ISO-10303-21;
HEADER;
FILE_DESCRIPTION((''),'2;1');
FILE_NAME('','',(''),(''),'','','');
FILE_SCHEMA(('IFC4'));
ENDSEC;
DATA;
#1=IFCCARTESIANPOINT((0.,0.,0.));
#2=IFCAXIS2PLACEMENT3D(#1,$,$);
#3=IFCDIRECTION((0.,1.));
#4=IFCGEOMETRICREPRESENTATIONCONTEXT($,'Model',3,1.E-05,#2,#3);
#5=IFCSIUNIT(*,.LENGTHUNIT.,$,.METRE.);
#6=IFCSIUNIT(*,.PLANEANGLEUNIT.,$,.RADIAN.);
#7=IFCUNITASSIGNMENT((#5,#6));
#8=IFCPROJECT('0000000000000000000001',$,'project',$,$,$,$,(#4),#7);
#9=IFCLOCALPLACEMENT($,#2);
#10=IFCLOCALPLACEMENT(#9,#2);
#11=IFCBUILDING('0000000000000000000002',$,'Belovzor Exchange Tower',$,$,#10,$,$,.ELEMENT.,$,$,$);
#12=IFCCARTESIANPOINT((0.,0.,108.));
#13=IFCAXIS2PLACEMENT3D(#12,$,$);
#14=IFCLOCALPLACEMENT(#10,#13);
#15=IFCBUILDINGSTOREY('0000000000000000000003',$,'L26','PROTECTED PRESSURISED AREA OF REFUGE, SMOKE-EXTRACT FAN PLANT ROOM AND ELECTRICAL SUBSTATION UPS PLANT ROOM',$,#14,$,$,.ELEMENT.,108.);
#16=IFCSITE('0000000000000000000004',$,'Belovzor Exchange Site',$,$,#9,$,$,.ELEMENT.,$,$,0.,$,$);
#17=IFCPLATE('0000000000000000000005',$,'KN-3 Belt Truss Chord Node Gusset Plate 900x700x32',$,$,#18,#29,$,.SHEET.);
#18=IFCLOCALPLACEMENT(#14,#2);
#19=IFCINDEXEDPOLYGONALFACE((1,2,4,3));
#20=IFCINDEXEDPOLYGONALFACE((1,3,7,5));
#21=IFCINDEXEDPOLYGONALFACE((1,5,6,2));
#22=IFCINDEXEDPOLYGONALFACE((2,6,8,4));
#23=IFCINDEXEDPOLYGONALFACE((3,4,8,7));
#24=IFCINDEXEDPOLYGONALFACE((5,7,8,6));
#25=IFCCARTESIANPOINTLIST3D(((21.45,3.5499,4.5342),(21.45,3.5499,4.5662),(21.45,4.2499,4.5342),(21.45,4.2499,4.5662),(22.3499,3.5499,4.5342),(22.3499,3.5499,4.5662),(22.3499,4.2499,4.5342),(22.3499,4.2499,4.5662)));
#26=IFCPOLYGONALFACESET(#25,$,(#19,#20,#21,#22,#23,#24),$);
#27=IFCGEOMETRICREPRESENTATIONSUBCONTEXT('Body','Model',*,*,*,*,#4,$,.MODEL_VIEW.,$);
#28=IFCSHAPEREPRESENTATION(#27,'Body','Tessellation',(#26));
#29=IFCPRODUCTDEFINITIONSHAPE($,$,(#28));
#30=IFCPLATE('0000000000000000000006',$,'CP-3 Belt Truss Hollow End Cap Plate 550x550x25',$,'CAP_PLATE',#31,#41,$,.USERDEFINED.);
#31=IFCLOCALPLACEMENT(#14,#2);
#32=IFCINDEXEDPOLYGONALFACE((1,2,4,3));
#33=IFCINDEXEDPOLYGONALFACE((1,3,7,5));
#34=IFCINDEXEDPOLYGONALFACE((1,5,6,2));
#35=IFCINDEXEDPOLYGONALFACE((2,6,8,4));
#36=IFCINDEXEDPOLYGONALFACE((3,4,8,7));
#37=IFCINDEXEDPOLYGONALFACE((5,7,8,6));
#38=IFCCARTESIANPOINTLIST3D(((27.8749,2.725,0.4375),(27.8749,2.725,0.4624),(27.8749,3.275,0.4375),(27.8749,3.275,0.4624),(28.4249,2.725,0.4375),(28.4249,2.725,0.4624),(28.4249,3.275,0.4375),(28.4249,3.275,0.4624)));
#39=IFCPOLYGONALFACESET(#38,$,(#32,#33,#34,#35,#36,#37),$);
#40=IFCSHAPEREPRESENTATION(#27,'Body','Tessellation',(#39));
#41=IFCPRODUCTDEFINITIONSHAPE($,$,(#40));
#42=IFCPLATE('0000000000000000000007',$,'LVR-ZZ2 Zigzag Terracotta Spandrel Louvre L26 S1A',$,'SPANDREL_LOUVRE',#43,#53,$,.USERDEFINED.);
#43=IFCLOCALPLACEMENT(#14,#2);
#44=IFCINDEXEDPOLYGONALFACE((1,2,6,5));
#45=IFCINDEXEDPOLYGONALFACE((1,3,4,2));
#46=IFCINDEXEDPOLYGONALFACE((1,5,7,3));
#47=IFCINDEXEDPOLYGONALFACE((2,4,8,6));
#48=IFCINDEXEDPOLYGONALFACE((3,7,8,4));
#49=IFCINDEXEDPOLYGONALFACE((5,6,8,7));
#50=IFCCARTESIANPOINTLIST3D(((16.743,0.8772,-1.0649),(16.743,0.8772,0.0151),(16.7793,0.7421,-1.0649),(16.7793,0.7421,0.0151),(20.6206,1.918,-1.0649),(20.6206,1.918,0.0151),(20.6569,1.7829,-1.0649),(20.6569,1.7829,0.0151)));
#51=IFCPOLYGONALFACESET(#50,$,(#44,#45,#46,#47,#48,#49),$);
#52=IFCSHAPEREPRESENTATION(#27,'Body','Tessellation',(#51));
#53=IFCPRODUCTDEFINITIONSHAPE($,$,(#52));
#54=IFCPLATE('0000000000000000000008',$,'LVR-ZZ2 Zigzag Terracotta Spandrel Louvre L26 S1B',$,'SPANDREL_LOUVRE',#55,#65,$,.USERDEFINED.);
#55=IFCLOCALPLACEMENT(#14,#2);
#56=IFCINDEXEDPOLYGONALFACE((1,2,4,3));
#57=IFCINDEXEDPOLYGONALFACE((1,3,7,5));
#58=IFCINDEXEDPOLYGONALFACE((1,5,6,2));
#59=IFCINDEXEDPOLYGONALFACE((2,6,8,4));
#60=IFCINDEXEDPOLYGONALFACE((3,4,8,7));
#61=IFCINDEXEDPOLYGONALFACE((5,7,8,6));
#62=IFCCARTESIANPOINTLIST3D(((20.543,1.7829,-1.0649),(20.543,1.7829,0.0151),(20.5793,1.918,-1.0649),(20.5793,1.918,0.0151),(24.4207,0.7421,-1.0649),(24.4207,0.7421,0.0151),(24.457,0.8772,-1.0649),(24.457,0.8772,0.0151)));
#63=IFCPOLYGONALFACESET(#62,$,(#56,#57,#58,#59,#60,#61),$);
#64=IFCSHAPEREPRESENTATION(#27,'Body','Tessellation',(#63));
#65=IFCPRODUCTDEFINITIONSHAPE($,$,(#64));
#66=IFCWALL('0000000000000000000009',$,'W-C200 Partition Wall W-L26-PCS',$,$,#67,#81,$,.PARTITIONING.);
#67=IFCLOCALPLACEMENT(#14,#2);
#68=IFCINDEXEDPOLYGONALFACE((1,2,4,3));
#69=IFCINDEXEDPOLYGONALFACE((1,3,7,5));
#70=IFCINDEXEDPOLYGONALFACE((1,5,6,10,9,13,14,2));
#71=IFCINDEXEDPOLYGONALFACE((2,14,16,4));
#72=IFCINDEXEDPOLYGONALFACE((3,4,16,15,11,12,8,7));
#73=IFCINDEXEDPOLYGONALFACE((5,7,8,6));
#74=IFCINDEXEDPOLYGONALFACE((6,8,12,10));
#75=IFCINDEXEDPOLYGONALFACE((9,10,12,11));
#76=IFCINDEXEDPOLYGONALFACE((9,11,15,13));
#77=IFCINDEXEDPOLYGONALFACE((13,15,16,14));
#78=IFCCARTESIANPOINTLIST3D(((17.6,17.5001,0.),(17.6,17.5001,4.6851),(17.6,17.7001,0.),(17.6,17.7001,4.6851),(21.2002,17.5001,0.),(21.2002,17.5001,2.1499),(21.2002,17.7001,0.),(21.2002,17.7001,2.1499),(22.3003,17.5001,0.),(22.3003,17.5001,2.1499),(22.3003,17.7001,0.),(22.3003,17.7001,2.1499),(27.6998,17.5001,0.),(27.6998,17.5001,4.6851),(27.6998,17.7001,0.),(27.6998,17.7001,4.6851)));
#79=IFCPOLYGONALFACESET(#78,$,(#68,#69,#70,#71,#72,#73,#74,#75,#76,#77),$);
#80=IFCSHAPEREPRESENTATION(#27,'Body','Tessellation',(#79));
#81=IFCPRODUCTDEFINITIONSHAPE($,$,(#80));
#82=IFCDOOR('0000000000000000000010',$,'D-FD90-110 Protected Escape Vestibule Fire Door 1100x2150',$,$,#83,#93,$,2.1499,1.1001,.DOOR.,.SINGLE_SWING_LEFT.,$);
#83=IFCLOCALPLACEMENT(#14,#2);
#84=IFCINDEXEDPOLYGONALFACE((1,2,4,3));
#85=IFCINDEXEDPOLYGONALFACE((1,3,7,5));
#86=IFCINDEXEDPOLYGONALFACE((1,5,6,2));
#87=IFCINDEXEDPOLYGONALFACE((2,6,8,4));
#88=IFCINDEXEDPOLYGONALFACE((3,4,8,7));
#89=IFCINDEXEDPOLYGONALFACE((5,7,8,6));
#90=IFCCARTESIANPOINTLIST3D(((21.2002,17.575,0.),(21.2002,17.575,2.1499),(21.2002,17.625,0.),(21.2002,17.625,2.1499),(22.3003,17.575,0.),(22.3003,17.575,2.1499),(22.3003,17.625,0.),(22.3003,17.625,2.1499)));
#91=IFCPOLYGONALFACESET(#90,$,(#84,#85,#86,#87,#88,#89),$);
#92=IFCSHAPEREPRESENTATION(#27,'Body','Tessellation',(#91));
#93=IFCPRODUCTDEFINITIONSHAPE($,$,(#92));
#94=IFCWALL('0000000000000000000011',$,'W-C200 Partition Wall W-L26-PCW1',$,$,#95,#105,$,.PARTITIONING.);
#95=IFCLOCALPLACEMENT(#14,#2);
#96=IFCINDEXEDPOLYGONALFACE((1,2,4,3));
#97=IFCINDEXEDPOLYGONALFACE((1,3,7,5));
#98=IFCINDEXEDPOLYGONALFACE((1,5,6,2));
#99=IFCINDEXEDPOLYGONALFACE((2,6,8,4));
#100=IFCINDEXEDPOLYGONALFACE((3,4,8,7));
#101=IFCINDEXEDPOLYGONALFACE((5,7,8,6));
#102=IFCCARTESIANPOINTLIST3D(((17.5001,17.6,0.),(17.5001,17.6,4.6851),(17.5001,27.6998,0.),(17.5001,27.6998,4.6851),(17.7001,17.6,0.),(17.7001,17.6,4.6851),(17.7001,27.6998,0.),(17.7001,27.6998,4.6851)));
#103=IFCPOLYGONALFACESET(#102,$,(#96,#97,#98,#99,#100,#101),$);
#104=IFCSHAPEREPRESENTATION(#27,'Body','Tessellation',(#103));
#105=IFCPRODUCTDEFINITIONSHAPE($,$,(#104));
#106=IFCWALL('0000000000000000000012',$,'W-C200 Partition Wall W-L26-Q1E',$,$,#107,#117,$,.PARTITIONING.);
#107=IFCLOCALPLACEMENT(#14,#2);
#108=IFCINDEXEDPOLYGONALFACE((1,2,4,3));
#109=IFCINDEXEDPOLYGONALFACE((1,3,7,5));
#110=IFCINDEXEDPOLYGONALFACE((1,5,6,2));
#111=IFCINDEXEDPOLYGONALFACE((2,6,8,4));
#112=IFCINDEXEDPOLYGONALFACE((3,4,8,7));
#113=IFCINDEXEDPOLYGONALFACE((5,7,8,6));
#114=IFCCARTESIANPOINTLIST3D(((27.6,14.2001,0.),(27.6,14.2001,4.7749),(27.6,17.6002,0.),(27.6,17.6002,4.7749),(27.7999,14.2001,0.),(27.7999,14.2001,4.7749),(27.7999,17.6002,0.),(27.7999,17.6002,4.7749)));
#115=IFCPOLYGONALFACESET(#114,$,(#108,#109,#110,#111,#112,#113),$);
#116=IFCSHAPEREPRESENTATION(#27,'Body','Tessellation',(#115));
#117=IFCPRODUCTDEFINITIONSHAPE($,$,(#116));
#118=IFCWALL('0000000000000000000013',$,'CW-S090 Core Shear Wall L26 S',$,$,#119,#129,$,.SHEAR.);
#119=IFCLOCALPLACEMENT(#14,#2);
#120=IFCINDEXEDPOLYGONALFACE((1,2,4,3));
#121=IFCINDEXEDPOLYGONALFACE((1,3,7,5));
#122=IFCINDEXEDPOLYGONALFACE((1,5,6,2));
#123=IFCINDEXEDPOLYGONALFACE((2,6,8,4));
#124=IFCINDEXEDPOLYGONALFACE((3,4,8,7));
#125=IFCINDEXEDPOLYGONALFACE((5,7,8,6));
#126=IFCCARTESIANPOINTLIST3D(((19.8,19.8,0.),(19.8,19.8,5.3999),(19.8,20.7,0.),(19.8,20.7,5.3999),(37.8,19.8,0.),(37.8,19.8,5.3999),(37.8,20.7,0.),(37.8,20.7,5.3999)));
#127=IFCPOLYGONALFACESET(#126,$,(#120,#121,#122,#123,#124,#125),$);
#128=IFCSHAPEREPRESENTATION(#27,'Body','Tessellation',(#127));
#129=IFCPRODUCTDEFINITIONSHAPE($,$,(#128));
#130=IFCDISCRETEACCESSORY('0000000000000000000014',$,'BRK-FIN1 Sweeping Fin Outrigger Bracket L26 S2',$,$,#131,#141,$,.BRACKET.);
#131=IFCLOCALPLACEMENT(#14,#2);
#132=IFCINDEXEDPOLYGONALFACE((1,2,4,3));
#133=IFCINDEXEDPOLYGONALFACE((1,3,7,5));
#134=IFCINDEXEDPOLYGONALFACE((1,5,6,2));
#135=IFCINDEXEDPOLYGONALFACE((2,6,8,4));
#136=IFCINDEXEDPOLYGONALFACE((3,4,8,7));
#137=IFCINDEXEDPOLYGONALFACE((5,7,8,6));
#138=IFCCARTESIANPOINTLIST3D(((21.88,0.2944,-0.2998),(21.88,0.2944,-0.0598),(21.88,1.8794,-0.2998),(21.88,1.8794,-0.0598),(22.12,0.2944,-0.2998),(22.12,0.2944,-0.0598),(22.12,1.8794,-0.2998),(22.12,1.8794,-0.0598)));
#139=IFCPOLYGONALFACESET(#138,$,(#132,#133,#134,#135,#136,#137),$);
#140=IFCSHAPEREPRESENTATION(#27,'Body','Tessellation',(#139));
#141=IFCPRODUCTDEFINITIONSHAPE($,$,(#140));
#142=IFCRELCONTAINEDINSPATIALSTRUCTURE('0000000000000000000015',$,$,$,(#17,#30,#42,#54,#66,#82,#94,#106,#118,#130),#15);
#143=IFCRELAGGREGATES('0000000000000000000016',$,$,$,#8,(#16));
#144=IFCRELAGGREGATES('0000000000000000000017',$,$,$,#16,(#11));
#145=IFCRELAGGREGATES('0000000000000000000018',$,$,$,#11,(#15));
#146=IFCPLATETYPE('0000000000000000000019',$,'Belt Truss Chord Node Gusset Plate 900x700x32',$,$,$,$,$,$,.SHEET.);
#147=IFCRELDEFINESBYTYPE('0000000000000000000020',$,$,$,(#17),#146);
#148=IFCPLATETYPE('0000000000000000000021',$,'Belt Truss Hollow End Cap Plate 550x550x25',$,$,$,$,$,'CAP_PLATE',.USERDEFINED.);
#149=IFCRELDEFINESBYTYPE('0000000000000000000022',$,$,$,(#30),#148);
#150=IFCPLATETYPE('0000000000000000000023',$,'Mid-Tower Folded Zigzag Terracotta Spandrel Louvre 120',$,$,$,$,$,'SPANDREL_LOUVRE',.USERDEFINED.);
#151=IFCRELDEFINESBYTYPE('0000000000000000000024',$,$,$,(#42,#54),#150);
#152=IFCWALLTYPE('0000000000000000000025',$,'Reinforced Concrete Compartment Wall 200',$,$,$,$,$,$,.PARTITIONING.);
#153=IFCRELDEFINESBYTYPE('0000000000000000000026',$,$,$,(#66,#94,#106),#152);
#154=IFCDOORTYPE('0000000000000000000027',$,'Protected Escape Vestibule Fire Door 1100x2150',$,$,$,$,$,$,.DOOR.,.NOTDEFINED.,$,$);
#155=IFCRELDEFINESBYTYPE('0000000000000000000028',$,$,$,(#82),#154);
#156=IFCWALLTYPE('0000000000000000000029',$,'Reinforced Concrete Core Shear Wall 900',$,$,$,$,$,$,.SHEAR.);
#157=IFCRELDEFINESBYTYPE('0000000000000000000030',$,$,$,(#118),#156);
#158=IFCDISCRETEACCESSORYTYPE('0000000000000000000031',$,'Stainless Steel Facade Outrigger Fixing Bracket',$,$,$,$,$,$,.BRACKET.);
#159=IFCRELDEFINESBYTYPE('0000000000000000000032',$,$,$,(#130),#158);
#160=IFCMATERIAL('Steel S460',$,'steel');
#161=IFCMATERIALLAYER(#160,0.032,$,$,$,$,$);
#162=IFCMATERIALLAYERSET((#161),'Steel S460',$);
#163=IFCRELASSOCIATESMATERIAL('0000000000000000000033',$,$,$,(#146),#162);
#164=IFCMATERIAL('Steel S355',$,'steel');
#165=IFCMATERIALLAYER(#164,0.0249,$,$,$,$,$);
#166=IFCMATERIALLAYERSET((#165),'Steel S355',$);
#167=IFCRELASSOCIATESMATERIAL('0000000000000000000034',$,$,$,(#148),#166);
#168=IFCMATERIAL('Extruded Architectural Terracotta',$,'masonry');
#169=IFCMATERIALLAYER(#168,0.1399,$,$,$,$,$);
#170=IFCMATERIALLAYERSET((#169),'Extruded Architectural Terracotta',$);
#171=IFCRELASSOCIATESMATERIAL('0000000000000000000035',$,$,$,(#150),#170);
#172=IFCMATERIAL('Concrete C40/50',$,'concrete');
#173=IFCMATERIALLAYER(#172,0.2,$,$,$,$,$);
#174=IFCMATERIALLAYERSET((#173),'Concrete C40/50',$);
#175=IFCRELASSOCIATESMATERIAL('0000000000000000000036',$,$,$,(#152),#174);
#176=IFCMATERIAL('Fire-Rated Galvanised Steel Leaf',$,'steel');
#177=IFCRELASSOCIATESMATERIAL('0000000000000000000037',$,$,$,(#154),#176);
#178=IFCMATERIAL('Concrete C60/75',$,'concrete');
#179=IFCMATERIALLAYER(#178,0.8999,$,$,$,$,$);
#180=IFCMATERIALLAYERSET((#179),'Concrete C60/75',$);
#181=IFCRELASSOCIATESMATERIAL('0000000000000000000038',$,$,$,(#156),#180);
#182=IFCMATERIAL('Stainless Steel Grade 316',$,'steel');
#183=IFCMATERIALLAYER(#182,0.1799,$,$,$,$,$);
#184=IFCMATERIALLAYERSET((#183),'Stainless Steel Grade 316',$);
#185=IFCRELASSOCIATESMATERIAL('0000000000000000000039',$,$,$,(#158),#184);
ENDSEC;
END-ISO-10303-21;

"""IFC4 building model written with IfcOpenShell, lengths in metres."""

from ifc_helpers import new_model, si_unit, direction, frame, frame_2d, origin, origin_2d, place, context, subcontext, project, spatial, rectangle, extrude, material, layer, layer_set, type_object, element, fill, save


model = new_model("IFC4")

# Units and contexts
model_context = context("Model", 3, precision=1e-05, world=origin(), true_north=direction((0.0, 1.0)))
body_context = subcontext(model_context, "Body", "Model", "MODEL_VIEW")
ifc_project = project(units=[si_unit("LENGTHUNIT", "METRE"), si_unit("PLANEANGLEUNIT", "RADIAN")], contexts=[model_context])

# Site, building, storey
site_placement = place(None, origin())
site = spatial("IfcSite", under=ifc_project, at=site_placement, Name="Belovzor Exchange Site", CompositionType="ELEMENT", RefElevation=0.0)
building_placement = place(site_placement, origin())
building = spatial("IfcBuilding", under=site, at=building_placement, Name="Belovzor Exchange Tower", CompositionType="ELEMENT")
storey_placement = place(building_placement, frame((0.0, 0.0, 108.0)))
storey = spatial("IfcBuildingStorey", under=building, at=storey_placement, Name="L26", Description="PROTECTED PRESSURISED AREA OF REFUGE, SMOKE-EXTRACT FAN PLANT ROOM AND ELECTRICAL SUBSTATION UPS PLANT ROOM", CompositionType="ELEMENT", Elevation=108.0)

# Plates
ifc_material_1 = material(Name="Steel S460", Category="steel")
ifc_layer_1 = layer(ifc_material_1, 0.032)
ifc_layer_set_1 = layer_set([ifc_layer_1], Name="Steel S460")
plate_type_1 = type_object("IfcPlateType", Name="Belt Truss Chord Node Gusset Plate 900x700x32", PredefinedType="SHEET", material=ifc_layer_set_1)
plate_1_placement = place(storey_placement, frame((21.8999, 3.8999, 4.5342), z_axis=(0.0, 0.0, 1.0), x_axis=(1.0, 0.0, 0.0)))
element("IfcPlate", 1, at=plate_1_placement, inside=storey, type_object=plate_type_1, Name="KN-3 Belt Truss Chord Node Gusset Plate 900x700x32", PredefinedType="SHEET", context=body_context, shape_type="SweptSolid", body=[
    extrude(rectangle(XDim=0.8999, YDim=0.7, at=origin_2d()), origin(), (0.0, 0.0, 1.0), 0.032),
])
ifc_material_2 = material(Name="Steel S355", Category="steel")
ifc_layer_2 = layer(ifc_material_2, 0.0249)
ifc_layer_set_2 = layer_set([ifc_layer_2], Name="Steel S355")
plate_type_2 = type_object("IfcPlateType", Name="Belt Truss Hollow End Cap Plate 550x550x25", ElementType="CAP_PLATE", PredefinedType="USERDEFINED", material=ifc_layer_set_2)
plate_2_placement = place(storey_placement, frame((28.1499, 3.0, 0.4375), z_axis=(0.0, 0.0, 1.0), x_axis=(1.0, 0.0, 0.0)))
element("IfcPlate", 2, at=plate_2_placement, inside=storey, type_object=plate_type_2, Name="CP-3 Belt Truss Hollow End Cap Plate 550x550x25", ObjectType="CAP_PLATE", PredefinedType="USERDEFINED", context=body_context, shape_type="SweptSolid", body=[
    extrude(rectangle(XDim=0.55, YDim=0.55, at=origin_2d()), origin(), (0.0, 0.0, 1.0), 0.0249),
])
ifc_material_3 = material(Name="Extruded Architectural Terracotta", Category="masonry")
ifc_layer_3 = layer(ifc_material_3, 0.1399)
ifc_layer_set_3 = layer_set([ifc_layer_3], Name="Extruded Architectural Terracotta")
plate_type_3 = type_object("IfcPlateType", Name="Mid-Tower Folded Zigzag Terracotta Spandrel Louvre 120", ElementType="SPANDREL_LOUVRE", PredefinedType="USERDEFINED", material=ifc_layer_set_3)
for number, where, z_axis, x_axis, name in (
    (3, (18.7, 1.3301, -1.0649), (0.0, 0.0, 1.0), (0.965813, 0.25924, 0.0), "LVR-ZZ2 Zigzag Terracotta Spandrel Louvre L26 S1A"),
    (4, (22.5, 1.3301, -1.0649), (0.0, 0.0, 1.0), (0.965813, -0.25924, 0.0), "LVR-ZZ2 Zigzag Terracotta Spandrel Louvre L26 S1B"),
):
    element("IfcPlate", number, at=place(storey_placement, frame(where, z_axis=z_axis, x_axis=x_axis)), inside=storey, type_object=plate_type_3, Name=name, ObjectType="SPANDREL_LOUVRE", PredefinedType="USERDEFINED", context=body_context, shape_type="SweptSolid", body=[
        extrude(rectangle(XDim=4.0149, YDim=0.1399, at=origin_2d()), origin(), (0.0, 0.0, 1.0), 1.0801),
    ])

# Wall, opening, door
ifc_material_4 = material(Name="Concrete C40/50", Category="concrete")
ifc_layer_4 = layer(ifc_material_4, 0.2)
ifc_layer_set_4 = layer_set([ifc_layer_4], Name="Concrete C40/50")
wall_type_1 = type_object("IfcWallType", Name="Reinforced Concrete Compartment Wall 200", PredefinedType="PARTITIONING", material=ifc_layer_set_4)
wall_1_placement = place(storey_placement, frame((17.6001, 17.6001, 0.0), z_axis=(0.0, 0.0, 1.0), x_axis=(1.0, 0.0, 0.0)))
wall_1 = element("IfcWall", 5, at=wall_1_placement, inside=storey, type_object=wall_type_1, Name="W-C200 Partition Wall W-L26-PCS", PredefinedType="PARTITIONING", context=body_context, shape_type="SweptSolid", body=[
    extrude(rectangle(XDim=10.0999, YDim=0.2, at=frame_2d((5.0498, 0.0))), origin(), (0.0, 0.0, 1.0), 4.6851),
])
opening_placement = place(wall_1_placement, frame((3.6001, 0.0, 0.0)))
opening = element("IfcOpeningElement", 6, at=opening_placement, cuts=wall_1, PredefinedType="OPENING", context=body_context, shape_type="SweptSolid", body=[
    extrude(rectangle(XDim=1.1001, YDim=2.1499, at=frame_2d((0.55, 1.075))), frame((0.0, 0.1099, 0.0), z_axis=(0.0, -1.0, 0.0), x_axis=(1.0, 0.0, 0.0)), (0.0, 0.0, 1.0), 0.22),
])
ifc_material_5 = material(Name="Fire-Rated Galvanised Steel Leaf", Category="steel")
door_type = type_object("IfcDoorType", Name="Protected Escape Vestibule Fire Door 1100x2150", OperationType="NOTDEFINED", PredefinedType="DOOR", material=ifc_material_5)
door_placement = place(opening_placement, origin())
door = element("IfcDoor", 7, at=door_placement, inside=storey, type_object=door_type, Name="D-FD90-110 Protected Escape Vestibule Fire Door 1100x2150", OperationType="SINGLE_SWING_LEFT", OverallHeight=2.1499, OverallWidth=1.1001, PredefinedType="DOOR", context=body_context, shape_type="SweptSolid", body=[
    extrude(rectangle(XDim=1.1001, YDim=2.1499, at=frame_2d((0.55, 1.075))), frame((0.0, 0.0249, 0.0), z_axis=(0.0, -1.0, 0.0), x_axis=(1.0, 0.0, 0.0)), (0.0, 0.0, 1.0), 0.05),
])
fill(opening, door)

# Walls
wall_2_placement = place(storey_placement, frame((17.6001, 17.6001, 0.0), z_axis=(0.0, 0.0, 1.0), x_axis=(0.0, 1.0, 0.0)))
element("IfcWall", 8, at=wall_2_placement, inside=storey, type_object=wall_type_1, Name="W-C200 Partition Wall W-L26-PCW1", PredefinedType="PARTITIONING", context=body_context, shape_type="SweptSolid", body=[
    extrude(rectangle(XDim=10.0999, YDim=0.2, at=frame_2d((5.0498, 0.0))), origin(), (0.0, 0.0, 1.0), 4.6851),
])
wall_3_placement = place(storey_placement, frame((27.7, 14.2, 0.0), z_axis=(0.0, 0.0, 1.0), x_axis=(0.0, 1.0, 0.0)))
element("IfcWall", 9, at=wall_3_placement, inside=storey, type_object=wall_type_1, Name="W-C200 Partition Wall W-L26-Q1E", PredefinedType="PARTITIONING", context=body_context, shape_type="SweptSolid", body=[
    extrude(rectangle(XDim=3.4001, YDim=0.2, at=frame_2d((1.7002, 0.0))), origin(), (0.0, 0.0, 1.0), 4.7749),
])
ifc_material_6 = material(Name="Concrete C60/75", Category="concrete")
ifc_layer_5 = layer(ifc_material_6, 0.8999)
ifc_layer_set_5 = layer_set([ifc_layer_5], Name="Concrete C60/75")
wall_type_2 = type_object("IfcWallType", Name="Reinforced Concrete Core Shear Wall 900", PredefinedType="SHEAR", material=ifc_layer_set_5)
wall_4_placement = place(storey_placement, frame((19.8, 20.25, 0.0), z_axis=(0.0, 0.0, 1.0), x_axis=(1.0, 0.0, 0.0)))
element("IfcWall", 10, at=wall_4_placement, inside=storey, type_object=wall_type_2, Name="CW-S090 Core Shear Wall L26 S", PredefinedType="SHEAR", context=body_context, shape_type="SweptSolid", body=[
    extrude(rectangle(XDim=18.0, YDim=0.8999, at=frame_2d((9.0, 0.0))), origin(), (0.0, 0.0, 1.0), 5.3999),
])

# Discrete accessory
ifc_material_7 = material(Name="Stainless Steel Grade 316", Category="steel")
ifc_layer_6 = layer(ifc_material_7, 0.1799)
ifc_layer_set_6 = layer_set([ifc_layer_6], Name="Stainless Steel Grade 316")
discrete_accessory_type = type_object("IfcDiscreteAccessoryType", Name="Stainless Steel Facade Outrigger Fixing Bracket", PredefinedType="BRACKET", material=ifc_layer_set_6)
discrete_accessory_placement = place(storey_placement, frame((22.0, 1.0869, -0.2998), z_axis=(0.0, 0.0, 1.0), x_axis=(0.0, 1.0, 0.0)))
element("IfcDiscreteAccessory", 11, at=discrete_accessory_placement, inside=storey, type_object=discrete_accessory_type, Name="BRK-FIN1 Sweeping Fin Outrigger Bracket L26 S2", PredefinedType="BRACKET", context=body_context, shape_type="SweptSolid", body=[
    extrude(rectangle(XDim=1.585, YDim=0.24, at=origin_2d()), origin(), (0.0, 0.0, 1.0), 0.24),
])

save(model, "model.ifc")
